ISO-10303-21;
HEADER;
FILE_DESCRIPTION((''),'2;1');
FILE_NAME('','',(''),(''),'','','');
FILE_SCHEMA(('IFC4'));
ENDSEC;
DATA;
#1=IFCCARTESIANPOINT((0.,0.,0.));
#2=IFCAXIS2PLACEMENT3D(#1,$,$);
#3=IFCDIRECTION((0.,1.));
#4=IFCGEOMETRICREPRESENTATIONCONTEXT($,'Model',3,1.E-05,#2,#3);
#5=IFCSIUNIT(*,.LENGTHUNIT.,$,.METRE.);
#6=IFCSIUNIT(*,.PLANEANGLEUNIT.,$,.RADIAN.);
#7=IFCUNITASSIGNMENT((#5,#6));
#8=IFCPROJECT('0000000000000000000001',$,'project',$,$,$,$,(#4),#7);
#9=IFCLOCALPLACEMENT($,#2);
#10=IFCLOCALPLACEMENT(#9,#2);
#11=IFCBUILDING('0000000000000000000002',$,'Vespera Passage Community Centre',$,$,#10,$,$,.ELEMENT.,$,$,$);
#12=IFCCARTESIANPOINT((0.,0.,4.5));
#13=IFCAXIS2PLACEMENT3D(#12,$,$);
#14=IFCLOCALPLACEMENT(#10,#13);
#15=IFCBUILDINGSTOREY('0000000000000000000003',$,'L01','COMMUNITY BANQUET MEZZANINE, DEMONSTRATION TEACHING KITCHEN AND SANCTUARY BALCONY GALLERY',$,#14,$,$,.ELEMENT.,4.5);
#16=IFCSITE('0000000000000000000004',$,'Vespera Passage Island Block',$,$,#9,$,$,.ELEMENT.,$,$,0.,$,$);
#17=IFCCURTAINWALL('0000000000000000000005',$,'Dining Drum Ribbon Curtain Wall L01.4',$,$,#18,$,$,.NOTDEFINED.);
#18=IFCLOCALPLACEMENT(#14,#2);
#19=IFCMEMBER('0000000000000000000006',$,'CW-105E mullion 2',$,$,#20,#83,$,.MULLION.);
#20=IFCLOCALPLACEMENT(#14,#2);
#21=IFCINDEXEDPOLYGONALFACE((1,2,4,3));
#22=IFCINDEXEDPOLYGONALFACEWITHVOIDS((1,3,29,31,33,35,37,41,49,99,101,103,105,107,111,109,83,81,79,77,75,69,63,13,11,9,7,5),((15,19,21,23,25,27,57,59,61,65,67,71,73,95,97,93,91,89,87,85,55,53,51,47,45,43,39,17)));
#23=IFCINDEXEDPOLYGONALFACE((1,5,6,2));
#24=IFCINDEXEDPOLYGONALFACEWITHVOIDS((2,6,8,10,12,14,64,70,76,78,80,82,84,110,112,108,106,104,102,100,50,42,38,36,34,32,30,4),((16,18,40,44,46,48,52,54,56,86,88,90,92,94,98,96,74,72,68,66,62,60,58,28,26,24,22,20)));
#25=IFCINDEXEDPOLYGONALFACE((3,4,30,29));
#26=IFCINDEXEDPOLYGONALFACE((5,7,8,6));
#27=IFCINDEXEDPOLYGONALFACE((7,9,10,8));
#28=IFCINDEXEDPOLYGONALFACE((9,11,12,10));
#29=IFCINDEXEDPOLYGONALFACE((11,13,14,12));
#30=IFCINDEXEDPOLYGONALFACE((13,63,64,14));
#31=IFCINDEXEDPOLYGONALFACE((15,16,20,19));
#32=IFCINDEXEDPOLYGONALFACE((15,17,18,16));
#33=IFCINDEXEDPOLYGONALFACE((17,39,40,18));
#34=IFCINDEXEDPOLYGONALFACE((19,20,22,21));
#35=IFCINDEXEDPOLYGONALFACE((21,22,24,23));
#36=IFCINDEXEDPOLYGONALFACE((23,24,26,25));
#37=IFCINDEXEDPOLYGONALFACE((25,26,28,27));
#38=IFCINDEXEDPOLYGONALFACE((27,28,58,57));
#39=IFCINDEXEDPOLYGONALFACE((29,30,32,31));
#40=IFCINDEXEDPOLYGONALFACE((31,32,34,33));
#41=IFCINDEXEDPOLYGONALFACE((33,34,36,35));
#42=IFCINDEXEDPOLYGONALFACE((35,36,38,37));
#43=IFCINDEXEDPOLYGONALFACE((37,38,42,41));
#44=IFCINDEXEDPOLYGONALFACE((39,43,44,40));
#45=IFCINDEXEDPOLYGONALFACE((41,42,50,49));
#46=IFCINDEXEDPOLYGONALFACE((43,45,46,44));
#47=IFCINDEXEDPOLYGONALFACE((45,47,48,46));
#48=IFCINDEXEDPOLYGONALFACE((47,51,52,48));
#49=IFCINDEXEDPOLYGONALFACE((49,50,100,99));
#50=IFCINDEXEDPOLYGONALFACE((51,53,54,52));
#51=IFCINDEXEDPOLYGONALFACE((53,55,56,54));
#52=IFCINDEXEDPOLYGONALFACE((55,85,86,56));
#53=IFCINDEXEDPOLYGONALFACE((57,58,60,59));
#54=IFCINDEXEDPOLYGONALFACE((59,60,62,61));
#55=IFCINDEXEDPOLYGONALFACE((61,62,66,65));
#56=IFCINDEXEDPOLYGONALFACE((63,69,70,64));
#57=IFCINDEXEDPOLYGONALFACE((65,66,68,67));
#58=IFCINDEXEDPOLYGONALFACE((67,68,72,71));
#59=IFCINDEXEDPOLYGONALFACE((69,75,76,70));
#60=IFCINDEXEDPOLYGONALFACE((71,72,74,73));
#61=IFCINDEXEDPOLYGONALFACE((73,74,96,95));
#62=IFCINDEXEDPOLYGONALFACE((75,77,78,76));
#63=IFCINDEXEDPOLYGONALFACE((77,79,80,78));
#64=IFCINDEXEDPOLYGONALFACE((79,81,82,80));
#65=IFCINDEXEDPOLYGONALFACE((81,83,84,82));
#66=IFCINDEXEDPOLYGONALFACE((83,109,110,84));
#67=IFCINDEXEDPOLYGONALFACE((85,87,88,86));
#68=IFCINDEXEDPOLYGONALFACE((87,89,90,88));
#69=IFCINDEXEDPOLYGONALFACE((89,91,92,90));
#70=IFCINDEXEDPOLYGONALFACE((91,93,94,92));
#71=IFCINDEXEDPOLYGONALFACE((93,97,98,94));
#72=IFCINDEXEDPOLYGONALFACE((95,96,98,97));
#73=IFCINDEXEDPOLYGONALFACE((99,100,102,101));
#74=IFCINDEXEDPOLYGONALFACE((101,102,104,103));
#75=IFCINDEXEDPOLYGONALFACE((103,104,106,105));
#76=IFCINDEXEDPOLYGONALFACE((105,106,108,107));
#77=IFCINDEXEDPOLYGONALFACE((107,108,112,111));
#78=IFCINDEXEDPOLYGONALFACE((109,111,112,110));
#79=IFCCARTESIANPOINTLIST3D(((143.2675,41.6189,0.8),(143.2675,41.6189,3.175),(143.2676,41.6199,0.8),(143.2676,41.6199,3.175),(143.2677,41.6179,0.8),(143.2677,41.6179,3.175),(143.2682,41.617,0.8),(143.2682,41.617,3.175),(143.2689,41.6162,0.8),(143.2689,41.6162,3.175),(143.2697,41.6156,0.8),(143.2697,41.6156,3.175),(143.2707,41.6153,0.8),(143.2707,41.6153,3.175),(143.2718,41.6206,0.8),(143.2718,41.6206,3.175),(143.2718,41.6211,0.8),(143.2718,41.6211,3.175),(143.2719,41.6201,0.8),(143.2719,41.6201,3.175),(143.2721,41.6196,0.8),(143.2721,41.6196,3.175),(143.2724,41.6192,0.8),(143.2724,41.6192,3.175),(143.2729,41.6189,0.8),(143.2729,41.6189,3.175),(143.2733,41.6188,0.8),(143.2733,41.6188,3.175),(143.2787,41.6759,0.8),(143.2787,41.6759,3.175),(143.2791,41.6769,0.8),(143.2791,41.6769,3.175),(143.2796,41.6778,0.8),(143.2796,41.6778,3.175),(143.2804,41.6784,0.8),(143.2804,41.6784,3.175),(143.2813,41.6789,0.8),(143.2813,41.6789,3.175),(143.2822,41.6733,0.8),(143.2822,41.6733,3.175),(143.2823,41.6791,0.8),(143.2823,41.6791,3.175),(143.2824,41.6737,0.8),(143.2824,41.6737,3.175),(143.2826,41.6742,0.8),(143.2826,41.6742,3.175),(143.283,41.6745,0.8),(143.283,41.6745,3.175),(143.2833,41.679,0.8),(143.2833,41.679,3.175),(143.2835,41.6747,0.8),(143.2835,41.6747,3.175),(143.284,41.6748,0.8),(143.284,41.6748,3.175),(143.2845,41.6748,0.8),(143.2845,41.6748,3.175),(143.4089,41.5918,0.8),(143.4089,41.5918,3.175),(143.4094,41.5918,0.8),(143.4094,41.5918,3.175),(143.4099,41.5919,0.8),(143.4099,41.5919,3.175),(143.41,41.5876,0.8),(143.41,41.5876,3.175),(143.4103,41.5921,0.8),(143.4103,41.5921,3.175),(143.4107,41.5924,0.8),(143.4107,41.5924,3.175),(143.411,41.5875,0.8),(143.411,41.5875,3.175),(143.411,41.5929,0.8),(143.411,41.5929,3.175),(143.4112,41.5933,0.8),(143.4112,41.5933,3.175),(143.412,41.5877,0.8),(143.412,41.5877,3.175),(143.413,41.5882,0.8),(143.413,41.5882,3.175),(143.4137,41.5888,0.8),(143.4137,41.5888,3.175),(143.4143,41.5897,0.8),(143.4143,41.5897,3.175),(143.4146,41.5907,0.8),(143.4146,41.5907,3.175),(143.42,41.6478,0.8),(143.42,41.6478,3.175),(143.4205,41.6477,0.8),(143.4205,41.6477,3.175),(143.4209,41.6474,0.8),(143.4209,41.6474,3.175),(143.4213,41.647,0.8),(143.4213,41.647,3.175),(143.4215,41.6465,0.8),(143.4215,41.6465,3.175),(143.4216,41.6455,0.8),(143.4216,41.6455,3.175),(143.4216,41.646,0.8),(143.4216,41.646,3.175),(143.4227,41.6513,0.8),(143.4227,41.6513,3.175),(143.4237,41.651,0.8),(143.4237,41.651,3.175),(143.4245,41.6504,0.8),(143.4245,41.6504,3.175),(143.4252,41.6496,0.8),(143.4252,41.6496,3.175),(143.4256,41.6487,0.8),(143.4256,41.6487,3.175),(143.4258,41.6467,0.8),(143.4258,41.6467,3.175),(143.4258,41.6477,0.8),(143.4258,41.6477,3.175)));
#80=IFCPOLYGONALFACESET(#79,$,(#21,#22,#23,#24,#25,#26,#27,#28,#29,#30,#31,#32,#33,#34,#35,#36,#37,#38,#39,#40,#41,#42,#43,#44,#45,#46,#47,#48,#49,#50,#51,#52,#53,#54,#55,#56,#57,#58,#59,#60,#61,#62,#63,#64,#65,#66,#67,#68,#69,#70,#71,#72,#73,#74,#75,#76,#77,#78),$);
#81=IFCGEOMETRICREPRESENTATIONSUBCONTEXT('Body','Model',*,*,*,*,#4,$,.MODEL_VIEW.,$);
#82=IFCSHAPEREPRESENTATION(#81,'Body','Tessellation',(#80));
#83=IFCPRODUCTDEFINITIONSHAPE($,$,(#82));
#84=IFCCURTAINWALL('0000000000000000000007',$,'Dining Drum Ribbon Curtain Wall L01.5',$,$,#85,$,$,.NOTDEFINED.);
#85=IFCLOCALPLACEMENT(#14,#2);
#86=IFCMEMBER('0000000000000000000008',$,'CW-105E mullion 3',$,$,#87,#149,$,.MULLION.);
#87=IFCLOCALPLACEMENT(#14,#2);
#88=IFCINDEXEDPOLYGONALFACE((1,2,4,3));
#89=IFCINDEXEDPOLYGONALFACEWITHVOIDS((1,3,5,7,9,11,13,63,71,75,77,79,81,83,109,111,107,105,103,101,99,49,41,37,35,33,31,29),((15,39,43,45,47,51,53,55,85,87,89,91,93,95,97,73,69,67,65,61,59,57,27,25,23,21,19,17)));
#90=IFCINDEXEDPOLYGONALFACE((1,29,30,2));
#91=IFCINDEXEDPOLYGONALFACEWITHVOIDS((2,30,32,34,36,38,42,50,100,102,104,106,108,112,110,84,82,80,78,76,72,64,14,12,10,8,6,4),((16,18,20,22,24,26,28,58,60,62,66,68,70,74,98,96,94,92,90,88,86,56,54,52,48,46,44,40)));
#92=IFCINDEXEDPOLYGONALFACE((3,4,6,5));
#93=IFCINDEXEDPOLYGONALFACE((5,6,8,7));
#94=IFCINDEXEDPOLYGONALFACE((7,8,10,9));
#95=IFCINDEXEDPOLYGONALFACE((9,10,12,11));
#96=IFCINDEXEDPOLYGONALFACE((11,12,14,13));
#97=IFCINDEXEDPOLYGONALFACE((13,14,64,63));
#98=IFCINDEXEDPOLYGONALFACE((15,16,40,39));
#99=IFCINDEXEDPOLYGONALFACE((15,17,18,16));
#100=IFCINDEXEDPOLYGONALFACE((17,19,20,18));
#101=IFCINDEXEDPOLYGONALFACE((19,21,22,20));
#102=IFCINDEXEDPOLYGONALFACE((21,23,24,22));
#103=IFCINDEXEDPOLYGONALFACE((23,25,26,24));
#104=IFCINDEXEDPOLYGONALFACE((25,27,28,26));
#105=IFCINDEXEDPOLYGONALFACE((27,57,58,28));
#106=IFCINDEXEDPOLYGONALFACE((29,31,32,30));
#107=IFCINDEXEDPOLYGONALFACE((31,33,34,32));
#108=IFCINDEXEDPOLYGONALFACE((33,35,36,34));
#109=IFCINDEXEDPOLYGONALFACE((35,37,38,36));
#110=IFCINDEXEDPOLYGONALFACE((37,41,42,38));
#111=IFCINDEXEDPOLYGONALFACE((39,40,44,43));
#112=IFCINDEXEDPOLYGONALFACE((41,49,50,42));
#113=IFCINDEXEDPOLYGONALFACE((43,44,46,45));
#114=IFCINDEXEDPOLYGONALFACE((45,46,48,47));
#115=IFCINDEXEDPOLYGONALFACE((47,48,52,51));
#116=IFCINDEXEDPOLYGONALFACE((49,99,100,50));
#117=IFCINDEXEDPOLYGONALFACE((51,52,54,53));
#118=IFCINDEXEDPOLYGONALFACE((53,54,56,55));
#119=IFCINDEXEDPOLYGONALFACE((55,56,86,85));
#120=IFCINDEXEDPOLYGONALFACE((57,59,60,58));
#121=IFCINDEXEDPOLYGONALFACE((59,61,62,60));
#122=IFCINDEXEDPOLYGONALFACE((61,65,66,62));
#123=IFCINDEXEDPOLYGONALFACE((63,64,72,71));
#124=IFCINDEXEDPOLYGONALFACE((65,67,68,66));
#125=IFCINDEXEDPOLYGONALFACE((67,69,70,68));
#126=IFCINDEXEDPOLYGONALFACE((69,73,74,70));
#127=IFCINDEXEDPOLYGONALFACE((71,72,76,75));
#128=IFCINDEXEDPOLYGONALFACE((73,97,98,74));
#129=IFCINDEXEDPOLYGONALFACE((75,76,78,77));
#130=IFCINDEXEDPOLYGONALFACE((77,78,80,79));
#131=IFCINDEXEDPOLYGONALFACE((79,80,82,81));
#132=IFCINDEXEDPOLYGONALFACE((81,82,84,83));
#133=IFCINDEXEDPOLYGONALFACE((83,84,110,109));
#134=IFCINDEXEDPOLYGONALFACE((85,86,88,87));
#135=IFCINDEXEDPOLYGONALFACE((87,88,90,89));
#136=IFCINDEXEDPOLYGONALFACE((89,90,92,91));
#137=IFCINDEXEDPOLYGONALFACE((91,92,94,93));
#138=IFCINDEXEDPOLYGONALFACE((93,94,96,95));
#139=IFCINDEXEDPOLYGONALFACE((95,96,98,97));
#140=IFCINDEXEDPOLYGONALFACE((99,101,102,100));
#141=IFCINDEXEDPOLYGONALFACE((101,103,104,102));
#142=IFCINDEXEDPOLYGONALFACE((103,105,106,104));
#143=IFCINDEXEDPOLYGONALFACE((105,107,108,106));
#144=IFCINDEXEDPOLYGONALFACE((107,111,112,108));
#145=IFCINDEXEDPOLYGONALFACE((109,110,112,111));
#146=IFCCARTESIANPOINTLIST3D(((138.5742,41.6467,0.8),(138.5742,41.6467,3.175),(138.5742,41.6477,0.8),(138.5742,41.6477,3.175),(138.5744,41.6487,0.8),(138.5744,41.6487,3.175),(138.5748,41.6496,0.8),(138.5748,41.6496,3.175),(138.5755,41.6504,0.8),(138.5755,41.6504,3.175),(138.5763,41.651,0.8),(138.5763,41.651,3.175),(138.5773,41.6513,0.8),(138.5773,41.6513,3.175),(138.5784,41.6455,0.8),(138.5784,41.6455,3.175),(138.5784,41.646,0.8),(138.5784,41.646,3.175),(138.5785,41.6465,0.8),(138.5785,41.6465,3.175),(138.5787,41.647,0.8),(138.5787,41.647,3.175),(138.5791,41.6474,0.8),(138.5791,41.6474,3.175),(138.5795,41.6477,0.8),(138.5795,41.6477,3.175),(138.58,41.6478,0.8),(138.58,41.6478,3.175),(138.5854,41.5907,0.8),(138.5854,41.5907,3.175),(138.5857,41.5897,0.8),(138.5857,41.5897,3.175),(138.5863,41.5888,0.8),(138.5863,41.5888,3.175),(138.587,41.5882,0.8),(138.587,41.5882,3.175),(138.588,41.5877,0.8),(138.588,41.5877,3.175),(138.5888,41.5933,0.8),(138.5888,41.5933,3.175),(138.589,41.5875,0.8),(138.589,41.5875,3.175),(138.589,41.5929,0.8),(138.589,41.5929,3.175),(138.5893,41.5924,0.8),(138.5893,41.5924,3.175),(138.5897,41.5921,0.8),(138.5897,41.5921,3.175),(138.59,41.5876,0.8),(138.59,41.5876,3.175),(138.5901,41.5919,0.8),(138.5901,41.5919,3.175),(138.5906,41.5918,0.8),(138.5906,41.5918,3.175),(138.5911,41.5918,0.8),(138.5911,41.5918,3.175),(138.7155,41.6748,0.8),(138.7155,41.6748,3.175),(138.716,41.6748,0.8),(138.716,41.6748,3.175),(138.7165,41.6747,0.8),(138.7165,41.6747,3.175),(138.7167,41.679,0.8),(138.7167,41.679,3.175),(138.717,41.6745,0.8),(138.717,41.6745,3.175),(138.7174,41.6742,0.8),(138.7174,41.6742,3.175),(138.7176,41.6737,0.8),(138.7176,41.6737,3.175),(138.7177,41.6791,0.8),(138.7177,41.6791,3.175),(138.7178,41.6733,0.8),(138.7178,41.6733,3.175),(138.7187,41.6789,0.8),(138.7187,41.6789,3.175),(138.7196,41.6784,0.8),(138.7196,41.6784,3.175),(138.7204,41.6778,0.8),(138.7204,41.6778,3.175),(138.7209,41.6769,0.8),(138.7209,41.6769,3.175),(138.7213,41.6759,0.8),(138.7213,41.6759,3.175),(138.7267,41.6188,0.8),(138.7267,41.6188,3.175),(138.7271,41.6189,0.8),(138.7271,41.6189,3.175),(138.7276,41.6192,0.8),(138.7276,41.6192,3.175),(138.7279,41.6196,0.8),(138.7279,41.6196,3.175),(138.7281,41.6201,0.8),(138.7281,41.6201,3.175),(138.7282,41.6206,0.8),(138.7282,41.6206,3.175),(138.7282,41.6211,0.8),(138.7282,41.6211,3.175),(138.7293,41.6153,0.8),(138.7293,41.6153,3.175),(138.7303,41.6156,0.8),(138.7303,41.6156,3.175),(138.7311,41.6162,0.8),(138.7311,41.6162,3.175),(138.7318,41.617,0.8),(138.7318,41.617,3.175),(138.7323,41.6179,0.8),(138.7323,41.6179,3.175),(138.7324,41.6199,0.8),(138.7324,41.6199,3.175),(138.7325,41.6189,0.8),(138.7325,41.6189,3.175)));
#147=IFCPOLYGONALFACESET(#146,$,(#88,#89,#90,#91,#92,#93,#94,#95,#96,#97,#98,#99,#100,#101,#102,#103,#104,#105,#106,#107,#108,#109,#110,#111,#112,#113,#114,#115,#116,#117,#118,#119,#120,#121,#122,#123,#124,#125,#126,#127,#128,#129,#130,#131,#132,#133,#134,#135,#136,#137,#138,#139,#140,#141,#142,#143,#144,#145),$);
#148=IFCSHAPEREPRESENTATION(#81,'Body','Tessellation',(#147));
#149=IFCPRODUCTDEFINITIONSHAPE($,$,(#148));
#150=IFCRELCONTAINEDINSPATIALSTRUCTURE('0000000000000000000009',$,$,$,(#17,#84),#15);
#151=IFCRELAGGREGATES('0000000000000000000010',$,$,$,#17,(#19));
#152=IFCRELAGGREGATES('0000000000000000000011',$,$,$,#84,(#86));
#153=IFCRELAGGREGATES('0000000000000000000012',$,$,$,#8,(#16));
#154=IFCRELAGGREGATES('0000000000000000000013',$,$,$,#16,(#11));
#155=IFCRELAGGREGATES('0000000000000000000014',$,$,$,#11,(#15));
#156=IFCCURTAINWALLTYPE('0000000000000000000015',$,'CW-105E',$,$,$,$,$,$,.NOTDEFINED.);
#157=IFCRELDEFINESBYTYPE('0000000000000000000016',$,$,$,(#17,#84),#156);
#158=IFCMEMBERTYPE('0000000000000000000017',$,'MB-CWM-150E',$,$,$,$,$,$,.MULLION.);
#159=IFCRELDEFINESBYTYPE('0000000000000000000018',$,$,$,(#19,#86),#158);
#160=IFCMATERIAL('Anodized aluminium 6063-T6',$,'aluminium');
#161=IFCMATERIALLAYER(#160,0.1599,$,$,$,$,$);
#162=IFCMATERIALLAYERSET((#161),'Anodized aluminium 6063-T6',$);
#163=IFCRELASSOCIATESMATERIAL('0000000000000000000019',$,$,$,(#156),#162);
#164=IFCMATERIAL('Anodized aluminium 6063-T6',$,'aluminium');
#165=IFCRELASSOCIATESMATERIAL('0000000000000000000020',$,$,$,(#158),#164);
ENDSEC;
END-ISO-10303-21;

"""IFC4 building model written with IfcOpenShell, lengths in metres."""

from ifc_helpers import new_model, si_unit, direction, frame, origin, origin_2d, place, context, subcontext, project, spatial, hollow_rectangle, extrude, material, layer, layer_set, material_profile, profile_set, type_object, element, aggregate, save


model = new_model("IFC4")

# Units and contexts
model_context = context("Model", 3, precision=1e-05, world=origin(), true_north=direction((0.0, 1.0)))
body_context = subcontext(model_context, "Body", "Model", "MODEL_VIEW")
ifc_project = project(units=[si_unit("LENGTHUNIT", "METRE"), si_unit("PLANEANGLEUNIT", "RADIAN")], contexts=[model_context])

# Site, building, storey
site_placement = place(None, origin())
site = spatial("IfcSite", under=ifc_project, at=site_placement, Name="Vespera Passage Island Block", CompositionType="ELEMENT", RefElevation=0.0)
building_placement = place(site_placement, origin())
building = spatial("IfcBuilding", under=site, at=building_placement, Name="Vespera Passage Community Centre", CompositionType="ELEMENT")
storey_placement = place(building_placement, frame((0.0, 0.0, 4.5)))
storey = spatial("IfcBuildingStorey", under=building, at=storey_placement, Name="L01", Description="COMMUNITY BANQUET MEZZANINE, DEMONSTRATION TEACHING KITCHEN AND SANCTUARY BALCONY GALLERY", CompositionType="ELEMENT", Elevation=4.5)

# Curtain walls, members
ifc_material_1 = material(Name="Anodized aluminium 6063-T6", Category="aluminium")
ifc_layer_1 = layer(ifc_material_1, 0.1599)
ifc_layer_set_1 = layer_set([ifc_layer_1], Name="Anodized aluminium 6063-T6")
curtain_wall_type = type_object("IfcCurtainWallType", Name="CW-105E", PredefinedType="NOTDEFINED", material=ifc_layer_set_1)
curtain_wall_1_placement = place(storey_placement, origin())
curtain_wall_1 = element("IfcCurtainWall", 1, at=curtain_wall_1_placement, inside=storey, type_object=curtain_wall_type, Name="Dining Drum Ribbon Curtain Wall L01.4", PredefinedType="NOTDEFINED")
ifc_material_2 = material(Name="Anodized aluminium 6063-T6", Category="aluminium")
ifc_material_profile_1 = material_profile(ifc_material_2, hollow_rectangle(XDim=0.0649, YDim=0.1499, WallThickness=0.0039, InnerFilletRadius=0.002, OuterFilletRadius=0.0039, at=origin_2d()), Name="ALU150X65X4")
ifc_profile_set_1 = profile_set([ifc_material_profile_1], Name="Anodized aluminium 6063-T6")
member_type_1 = type_object("IfcMemberType", Name="MB-CWM-150E", PredefinedType="MULLION", material=ifc_profile_set_1)
member_1_placement = place(storey_placement, frame((143.3467, 41.6333, 0.8), z_axis=(0.0, 0.0, 1.0), x_axis=(0.195097, 0.980784, 0.0)))
member_1 = element("IfcMember", 2, at=member_1_placement, type_object=member_type_1, Name="CW-105E mullion 2", PredefinedType="MULLION", context=body_context, shape_type="SweptSolid", body=[
    extrude(hollow_rectangle(XDim=0.0649, YDim=0.1499, WallThickness=0.0039, InnerFilletRadius=0.002, OuterFilletRadius=0.0039, at=origin_2d()), origin(), (0.0, 0.0, 1.0), 2.375),
])
curtain_wall_2_placement = place(storey_placement, origin())
curtain_wall_2 = element("IfcCurtainWall", 3, at=curtain_wall_2_placement, inside=storey, type_object=curtain_wall_type, Name="Dining Drum Ribbon Curtain Wall L01.5", PredefinedType="NOTDEFINED")
member_2_placement = place(storey_placement, frame((138.6533, 41.6333, 0.8), z_axis=(0.0, 0.0, 1.0), x_axis=(-0.195097, 0.980784, 0.0)))
member_2 = element("IfcMember", 4, at=member_2_placement, type_object=member_type_1, Name="CW-105E mullion 3", PredefinedType="MULLION", context=body_context, shape_type="SweptSolid", body=[
    extrude(hollow_rectangle(XDim=0.0649, YDim=0.1499, WallThickness=0.0039, InnerFilletRadius=0.002, OuterFilletRadius=0.0039, at=origin_2d()), origin(), (0.0, 0.0, 1.0), 2.375),
])

aggregate(curtain_wall_1, [member_1])
aggregate(curtain_wall_2, [member_2])

save(model, "model.ifc")
